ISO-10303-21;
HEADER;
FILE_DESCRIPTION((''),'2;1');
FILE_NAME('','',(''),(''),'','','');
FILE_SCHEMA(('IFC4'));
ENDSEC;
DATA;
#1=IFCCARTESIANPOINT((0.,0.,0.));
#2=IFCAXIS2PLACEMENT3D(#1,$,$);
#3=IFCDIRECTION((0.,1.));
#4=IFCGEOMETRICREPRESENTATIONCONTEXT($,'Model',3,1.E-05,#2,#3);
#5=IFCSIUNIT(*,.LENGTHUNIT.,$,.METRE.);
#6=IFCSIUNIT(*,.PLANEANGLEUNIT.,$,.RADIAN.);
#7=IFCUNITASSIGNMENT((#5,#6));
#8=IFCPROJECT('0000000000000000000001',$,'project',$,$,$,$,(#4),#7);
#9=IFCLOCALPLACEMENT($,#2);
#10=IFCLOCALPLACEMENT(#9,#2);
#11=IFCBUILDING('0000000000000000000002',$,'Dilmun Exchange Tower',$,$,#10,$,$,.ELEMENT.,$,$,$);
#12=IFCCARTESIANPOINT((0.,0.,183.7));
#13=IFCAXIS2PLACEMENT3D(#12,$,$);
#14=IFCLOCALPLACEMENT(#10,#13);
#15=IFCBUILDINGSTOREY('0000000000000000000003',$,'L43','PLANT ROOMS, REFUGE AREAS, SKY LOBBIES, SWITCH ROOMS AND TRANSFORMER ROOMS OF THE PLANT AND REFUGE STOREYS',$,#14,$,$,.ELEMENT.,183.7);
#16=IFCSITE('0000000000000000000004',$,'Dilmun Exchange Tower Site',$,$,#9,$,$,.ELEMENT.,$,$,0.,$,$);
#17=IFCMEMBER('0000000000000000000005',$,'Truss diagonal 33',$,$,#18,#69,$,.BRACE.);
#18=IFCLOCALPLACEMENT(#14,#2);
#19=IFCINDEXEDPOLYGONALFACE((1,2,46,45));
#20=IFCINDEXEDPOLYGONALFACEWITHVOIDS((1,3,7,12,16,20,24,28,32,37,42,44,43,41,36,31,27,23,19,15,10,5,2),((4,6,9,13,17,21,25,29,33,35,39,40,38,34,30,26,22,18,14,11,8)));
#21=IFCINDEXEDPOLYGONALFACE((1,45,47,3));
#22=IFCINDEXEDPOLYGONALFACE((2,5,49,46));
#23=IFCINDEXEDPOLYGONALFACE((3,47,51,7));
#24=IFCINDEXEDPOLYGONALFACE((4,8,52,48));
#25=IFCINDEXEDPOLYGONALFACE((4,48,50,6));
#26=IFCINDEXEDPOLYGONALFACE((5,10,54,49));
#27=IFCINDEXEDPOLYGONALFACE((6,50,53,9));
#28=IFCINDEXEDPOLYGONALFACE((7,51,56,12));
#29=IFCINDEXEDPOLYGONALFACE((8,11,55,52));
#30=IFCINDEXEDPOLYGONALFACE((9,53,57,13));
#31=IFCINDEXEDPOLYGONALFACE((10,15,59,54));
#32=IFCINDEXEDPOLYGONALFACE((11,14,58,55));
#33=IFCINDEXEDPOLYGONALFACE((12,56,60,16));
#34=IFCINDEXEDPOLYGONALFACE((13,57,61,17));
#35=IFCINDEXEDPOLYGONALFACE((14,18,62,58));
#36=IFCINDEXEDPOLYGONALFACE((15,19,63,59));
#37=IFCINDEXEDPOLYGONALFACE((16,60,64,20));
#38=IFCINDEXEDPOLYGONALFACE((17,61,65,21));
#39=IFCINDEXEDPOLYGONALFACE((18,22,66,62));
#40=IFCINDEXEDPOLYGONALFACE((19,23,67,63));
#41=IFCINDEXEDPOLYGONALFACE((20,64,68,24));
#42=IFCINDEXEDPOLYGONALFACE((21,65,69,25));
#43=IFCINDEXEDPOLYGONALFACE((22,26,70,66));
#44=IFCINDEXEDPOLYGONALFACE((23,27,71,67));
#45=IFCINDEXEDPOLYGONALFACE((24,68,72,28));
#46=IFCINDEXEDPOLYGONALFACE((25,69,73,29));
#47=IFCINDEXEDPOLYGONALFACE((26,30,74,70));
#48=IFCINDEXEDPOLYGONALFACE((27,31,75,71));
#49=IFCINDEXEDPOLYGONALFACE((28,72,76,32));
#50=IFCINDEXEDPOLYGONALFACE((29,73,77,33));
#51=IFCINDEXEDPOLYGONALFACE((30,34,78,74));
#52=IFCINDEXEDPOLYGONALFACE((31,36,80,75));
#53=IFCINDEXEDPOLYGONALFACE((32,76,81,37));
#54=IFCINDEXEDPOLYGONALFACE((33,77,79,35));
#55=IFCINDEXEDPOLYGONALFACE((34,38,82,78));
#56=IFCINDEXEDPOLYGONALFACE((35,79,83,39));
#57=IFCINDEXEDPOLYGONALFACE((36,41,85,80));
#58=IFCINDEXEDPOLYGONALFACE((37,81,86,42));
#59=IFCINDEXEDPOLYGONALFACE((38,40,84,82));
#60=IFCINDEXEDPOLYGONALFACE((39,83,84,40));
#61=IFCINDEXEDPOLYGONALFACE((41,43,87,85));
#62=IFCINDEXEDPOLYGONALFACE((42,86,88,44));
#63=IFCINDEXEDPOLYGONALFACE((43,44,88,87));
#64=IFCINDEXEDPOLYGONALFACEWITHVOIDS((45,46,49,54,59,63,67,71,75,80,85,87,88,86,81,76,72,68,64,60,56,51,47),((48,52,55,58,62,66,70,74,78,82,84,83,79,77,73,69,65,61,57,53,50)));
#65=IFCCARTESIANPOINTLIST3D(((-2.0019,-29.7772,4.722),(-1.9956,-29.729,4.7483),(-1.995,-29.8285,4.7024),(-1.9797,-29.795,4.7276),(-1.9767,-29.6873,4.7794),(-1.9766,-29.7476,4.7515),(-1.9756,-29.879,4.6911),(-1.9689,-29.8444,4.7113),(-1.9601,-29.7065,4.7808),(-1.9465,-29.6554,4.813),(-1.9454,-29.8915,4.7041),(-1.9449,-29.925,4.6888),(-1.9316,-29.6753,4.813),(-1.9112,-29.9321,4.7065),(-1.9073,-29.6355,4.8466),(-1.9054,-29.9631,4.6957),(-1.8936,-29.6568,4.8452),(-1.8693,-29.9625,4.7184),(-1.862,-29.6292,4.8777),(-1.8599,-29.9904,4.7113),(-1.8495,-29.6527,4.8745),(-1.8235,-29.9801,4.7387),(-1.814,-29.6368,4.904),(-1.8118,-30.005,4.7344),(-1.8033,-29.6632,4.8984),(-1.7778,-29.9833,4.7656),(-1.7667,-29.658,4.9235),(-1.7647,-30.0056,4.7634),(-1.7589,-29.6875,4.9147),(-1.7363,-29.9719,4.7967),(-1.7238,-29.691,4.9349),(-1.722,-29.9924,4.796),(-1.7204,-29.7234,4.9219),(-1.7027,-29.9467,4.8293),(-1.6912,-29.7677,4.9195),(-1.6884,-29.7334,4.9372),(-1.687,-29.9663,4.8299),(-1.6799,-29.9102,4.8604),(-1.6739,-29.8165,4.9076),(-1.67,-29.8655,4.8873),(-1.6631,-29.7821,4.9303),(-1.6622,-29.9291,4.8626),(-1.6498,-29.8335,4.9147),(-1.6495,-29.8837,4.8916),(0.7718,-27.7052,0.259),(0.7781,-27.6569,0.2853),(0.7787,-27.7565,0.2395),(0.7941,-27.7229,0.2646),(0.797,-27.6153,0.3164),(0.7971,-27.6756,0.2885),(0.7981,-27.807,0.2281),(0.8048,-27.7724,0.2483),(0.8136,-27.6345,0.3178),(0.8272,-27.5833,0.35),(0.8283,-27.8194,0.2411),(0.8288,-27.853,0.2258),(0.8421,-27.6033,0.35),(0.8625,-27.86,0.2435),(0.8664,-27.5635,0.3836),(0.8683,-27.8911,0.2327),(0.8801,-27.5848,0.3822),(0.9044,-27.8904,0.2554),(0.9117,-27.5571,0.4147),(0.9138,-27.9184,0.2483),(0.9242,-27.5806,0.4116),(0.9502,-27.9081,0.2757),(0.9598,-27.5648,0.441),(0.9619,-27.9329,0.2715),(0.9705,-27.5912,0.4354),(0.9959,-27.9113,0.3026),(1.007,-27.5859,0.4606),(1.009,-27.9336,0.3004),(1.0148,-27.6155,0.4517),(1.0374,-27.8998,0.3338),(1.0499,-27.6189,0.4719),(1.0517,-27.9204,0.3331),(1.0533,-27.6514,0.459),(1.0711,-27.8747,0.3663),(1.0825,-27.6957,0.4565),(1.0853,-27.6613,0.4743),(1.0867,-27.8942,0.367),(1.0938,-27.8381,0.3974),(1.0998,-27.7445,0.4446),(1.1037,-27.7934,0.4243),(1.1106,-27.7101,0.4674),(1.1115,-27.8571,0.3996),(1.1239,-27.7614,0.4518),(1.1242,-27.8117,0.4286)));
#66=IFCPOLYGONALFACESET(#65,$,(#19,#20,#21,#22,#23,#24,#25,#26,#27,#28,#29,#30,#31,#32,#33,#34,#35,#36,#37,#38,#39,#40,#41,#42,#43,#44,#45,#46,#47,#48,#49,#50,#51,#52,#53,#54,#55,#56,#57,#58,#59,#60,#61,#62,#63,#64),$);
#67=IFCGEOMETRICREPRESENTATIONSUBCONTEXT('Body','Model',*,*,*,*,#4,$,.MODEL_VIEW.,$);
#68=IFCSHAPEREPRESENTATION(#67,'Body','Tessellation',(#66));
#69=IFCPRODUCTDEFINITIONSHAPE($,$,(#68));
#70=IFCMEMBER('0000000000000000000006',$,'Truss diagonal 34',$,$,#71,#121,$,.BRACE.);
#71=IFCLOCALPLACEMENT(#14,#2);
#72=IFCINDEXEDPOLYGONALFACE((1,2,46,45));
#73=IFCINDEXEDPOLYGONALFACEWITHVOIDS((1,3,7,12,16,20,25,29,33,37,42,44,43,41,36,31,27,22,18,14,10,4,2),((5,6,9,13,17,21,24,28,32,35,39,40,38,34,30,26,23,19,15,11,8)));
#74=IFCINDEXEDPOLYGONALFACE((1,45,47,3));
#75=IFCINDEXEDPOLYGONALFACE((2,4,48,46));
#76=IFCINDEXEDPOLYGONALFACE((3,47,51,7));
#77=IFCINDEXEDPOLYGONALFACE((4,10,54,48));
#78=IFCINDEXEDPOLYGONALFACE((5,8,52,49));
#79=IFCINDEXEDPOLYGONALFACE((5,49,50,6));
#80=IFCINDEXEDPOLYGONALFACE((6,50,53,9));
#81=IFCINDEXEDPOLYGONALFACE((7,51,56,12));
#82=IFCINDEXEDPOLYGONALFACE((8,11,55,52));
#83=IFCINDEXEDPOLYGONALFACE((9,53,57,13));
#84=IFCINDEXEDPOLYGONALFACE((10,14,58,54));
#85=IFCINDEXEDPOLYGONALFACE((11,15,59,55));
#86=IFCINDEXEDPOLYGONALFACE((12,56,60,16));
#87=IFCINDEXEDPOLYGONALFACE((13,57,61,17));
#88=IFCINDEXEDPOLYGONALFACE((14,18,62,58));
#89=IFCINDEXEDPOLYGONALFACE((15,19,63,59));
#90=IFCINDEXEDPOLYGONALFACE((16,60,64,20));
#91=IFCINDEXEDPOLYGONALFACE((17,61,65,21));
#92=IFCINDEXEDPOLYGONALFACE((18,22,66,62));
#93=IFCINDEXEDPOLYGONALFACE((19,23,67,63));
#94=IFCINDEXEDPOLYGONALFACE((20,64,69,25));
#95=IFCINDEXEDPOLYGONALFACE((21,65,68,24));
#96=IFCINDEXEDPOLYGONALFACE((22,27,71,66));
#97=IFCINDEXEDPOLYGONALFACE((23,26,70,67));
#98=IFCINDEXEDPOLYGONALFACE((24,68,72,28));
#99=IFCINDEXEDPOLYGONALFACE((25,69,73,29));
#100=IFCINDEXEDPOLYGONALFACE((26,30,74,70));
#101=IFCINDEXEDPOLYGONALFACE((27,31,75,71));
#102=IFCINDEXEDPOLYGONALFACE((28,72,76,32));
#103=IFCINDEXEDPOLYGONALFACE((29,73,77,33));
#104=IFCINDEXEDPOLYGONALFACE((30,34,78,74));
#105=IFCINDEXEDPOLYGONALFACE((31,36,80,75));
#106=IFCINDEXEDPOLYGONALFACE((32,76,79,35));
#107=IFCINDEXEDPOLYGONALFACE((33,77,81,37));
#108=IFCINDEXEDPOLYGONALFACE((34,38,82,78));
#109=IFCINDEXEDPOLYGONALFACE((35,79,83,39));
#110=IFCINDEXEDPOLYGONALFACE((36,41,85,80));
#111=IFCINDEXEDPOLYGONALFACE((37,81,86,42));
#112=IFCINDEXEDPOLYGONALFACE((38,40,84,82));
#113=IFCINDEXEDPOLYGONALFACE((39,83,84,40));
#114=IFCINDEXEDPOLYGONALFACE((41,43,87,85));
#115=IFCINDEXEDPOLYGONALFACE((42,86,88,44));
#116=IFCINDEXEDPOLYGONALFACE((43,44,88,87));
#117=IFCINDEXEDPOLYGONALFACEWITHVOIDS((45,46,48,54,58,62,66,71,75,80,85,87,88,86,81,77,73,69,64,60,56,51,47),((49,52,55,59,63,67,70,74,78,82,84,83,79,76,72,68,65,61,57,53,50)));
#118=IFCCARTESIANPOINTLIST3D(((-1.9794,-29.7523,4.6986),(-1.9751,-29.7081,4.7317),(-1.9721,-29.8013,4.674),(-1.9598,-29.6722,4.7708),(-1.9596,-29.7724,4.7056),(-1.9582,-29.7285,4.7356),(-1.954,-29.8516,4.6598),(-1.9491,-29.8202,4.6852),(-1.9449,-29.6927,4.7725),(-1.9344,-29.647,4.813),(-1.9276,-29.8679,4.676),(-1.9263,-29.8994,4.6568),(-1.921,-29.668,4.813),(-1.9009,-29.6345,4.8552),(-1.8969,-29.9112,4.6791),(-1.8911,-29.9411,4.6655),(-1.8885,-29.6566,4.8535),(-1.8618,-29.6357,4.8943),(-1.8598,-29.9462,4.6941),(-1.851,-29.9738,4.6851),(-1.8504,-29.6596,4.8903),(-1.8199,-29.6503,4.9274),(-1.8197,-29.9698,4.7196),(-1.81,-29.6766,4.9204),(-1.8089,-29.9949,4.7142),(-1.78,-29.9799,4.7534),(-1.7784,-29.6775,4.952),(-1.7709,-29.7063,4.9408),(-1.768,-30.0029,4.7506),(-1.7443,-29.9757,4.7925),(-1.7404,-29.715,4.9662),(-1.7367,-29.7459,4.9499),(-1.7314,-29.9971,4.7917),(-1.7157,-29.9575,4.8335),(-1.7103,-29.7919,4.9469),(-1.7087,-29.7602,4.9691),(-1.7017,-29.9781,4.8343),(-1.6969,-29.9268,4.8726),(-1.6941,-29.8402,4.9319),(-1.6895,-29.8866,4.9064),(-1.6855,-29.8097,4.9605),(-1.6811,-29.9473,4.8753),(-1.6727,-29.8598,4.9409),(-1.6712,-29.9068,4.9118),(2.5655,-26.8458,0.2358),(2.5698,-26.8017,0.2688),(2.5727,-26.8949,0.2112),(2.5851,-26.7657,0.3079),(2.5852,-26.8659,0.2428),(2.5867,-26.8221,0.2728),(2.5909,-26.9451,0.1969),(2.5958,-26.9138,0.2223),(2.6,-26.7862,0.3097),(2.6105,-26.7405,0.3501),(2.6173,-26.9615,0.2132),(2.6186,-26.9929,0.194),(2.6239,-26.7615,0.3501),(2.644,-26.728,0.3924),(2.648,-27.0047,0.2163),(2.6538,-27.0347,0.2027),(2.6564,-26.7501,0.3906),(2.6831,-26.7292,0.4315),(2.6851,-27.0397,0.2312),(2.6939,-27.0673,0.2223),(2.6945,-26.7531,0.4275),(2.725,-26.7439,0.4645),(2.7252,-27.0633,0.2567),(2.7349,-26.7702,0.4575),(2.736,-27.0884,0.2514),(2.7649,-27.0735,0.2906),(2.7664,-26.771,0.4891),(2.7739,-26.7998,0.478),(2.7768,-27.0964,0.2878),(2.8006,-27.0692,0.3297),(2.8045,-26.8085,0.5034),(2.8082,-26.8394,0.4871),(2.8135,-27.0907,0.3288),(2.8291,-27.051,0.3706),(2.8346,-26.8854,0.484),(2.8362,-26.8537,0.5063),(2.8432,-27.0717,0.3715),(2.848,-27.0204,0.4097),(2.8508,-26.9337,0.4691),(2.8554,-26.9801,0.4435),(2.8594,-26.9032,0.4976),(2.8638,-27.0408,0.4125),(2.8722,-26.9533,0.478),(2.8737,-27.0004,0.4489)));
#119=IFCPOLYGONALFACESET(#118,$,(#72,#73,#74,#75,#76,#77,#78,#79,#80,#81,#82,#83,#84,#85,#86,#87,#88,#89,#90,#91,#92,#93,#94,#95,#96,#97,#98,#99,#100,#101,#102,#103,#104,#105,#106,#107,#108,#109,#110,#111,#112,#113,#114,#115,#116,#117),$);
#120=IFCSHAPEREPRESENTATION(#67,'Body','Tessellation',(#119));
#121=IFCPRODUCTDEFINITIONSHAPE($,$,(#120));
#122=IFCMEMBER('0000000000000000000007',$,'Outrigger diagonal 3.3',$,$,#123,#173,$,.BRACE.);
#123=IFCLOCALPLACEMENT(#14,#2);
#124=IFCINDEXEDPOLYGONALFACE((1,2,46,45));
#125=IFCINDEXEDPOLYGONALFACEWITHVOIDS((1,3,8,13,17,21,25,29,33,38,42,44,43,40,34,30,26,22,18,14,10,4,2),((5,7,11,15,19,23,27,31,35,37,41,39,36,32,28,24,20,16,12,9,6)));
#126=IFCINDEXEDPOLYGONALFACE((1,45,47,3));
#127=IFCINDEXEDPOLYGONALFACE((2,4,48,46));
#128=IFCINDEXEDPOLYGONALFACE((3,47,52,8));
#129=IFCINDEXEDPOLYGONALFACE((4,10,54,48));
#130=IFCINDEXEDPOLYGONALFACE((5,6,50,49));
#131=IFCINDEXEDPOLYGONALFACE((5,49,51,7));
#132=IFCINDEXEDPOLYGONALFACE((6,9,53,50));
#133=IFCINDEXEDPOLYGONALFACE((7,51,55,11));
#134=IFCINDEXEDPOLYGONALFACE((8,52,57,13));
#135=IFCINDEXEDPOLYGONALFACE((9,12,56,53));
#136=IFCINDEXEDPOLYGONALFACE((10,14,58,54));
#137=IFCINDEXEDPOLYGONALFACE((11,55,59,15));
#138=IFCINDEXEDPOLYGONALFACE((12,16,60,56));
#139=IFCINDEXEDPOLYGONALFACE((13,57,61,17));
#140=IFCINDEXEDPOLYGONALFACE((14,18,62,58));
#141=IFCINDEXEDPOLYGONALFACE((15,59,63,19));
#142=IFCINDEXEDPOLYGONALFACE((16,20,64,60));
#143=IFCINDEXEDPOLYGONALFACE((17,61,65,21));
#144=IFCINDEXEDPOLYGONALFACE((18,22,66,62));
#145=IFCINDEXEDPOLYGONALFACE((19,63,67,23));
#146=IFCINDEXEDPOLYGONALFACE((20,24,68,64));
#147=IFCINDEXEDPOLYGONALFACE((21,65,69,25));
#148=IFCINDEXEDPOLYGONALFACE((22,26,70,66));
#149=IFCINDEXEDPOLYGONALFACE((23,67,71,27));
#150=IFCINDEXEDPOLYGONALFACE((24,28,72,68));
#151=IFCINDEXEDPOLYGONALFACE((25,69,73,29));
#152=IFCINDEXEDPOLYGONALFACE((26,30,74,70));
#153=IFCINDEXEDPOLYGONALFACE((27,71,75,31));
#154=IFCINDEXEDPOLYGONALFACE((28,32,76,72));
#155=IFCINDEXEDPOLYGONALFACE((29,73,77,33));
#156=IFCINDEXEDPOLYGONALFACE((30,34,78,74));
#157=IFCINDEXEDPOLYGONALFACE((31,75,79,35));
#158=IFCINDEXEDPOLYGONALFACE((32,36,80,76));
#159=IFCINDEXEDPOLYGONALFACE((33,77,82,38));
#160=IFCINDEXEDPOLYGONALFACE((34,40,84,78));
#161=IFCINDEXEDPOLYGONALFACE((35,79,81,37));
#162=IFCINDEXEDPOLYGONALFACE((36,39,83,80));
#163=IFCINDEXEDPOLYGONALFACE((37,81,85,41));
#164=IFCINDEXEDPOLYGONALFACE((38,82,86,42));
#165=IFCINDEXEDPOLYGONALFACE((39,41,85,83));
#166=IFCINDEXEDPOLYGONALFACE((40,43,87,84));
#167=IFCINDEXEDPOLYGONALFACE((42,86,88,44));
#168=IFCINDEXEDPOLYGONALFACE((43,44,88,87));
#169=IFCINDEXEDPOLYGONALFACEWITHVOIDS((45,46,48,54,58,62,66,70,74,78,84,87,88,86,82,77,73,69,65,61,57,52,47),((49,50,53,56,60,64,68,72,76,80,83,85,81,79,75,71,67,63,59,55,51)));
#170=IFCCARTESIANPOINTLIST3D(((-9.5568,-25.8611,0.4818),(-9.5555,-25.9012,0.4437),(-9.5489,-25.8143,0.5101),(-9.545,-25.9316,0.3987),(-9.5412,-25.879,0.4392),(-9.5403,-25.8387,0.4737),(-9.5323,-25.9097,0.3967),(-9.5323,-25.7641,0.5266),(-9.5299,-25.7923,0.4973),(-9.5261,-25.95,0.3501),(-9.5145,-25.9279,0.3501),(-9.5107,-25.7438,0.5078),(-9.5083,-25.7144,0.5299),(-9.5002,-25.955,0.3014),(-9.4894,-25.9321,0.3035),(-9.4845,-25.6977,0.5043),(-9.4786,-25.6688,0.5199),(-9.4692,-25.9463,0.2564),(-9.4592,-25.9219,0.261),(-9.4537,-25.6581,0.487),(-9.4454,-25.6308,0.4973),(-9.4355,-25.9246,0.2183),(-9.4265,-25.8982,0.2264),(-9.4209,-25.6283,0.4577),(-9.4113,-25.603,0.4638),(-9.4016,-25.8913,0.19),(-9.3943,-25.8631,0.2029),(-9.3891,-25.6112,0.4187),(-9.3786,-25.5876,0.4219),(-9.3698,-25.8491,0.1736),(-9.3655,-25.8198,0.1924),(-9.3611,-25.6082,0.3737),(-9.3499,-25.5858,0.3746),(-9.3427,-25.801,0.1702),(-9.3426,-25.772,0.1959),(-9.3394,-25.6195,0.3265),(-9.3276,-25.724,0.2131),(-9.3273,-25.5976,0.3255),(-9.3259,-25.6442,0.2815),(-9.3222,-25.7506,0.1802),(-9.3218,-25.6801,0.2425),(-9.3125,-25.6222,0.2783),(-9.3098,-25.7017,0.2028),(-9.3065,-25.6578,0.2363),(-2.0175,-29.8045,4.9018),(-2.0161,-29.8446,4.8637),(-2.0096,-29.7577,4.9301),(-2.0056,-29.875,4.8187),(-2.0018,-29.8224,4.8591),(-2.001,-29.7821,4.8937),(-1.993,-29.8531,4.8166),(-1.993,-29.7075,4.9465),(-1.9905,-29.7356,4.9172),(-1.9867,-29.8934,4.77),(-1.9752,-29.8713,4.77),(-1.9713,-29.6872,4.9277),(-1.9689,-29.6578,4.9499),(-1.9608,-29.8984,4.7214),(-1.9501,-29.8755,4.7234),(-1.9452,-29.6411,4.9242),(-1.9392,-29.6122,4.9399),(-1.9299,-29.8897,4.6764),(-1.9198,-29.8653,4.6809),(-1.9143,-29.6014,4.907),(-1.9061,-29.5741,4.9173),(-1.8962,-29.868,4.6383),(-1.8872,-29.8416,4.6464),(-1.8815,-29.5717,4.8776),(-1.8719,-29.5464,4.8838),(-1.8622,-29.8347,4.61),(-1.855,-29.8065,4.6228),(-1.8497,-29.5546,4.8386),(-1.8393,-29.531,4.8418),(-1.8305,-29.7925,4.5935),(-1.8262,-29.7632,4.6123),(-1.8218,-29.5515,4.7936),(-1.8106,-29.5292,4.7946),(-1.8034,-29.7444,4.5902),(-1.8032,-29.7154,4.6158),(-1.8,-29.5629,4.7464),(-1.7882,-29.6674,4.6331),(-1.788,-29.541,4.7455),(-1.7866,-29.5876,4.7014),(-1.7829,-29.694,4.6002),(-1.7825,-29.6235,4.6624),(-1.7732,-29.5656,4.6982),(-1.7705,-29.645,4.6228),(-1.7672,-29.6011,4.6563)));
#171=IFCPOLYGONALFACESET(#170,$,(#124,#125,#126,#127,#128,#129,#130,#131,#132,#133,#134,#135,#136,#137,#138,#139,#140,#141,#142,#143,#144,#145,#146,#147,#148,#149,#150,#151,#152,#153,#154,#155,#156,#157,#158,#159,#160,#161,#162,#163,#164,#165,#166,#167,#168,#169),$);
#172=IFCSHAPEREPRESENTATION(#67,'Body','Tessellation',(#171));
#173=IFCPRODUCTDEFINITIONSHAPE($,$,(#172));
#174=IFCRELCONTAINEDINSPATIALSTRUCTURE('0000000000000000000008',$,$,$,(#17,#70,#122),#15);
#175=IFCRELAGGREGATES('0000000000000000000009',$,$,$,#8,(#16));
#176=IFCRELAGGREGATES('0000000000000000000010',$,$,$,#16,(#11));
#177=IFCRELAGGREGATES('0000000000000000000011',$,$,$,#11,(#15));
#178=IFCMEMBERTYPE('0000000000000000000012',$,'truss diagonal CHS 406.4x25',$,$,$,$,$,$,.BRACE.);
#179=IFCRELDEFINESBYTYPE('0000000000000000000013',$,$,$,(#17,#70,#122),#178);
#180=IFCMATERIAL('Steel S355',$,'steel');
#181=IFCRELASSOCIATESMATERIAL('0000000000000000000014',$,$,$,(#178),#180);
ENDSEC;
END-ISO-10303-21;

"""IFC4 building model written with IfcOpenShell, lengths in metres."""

from ifc_helpers import new_model, si_unit, direction, frame, origin, origin_2d, place, context, subcontext, project, spatial, hollow_circle, extrude, material, material_profile, profile_set, type_object, element, save


model = new_model("IFC4")

# Units and contexts
model_context = context("Model", 3, precision=1e-05, world=origin(), true_north=direction((0.0, 1.0)))
body_context = subcontext(model_context, "Body", "Model", "MODEL_VIEW")
ifc_project = project(units=[si_unit("LENGTHUNIT", "METRE"), si_unit("PLANEANGLEUNIT", "RADIAN")], contexts=[model_context])

# Site, building, storey
site_placement = place(None, origin())
site = spatial("IfcSite", under=ifc_project, at=site_placement, Name="Dilmun Exchange Tower Site", CompositionType="ELEMENT", RefElevation=0.0)
building_placement = place(site_placement, origin())
building = spatial("IfcBuilding", under=site, at=building_placement, Name="Dilmun Exchange Tower", CompositionType="ELEMENT")
storey_placement = place(building_placement, frame((0.0, 0.0, 183.7)))
storey = spatial("IfcBuildingStorey", under=building, at=storey_placement, Name="L43", Description="PLANT ROOMS, REFUGE AREAS, SKY LOBBIES, SWITCH ROOMS AND TRANSFORMER ROOMS OF THE PLANT AND REFUGE STOREYS", CompositionType="ELEMENT", Elevation=183.7)

# Shared definitions
ifc_material_1 = material(Name="Steel S355", Category="steel")

# Members
ifc_material_profile_1 = material_profile(ifc_material_1, hollow_circle(Radius=0.2031, WallThickness=0.0249, at=origin_2d()), Name="CHS 406.4x25")
ifc_profile_set_1 = profile_set([ifc_material_profile_1], Name="Steel S355")
member_type = type_object("IfcMemberType", Name="truss diagonal CHS 406.4x25", PredefinedType="BRACE", material=ifc_profile_set_1)
member_1_placement = place(storey_placement, frame((-1.825, -29.8181, 4.813), z_axis=(0.49106, 0.366836, -0.790121), x_axis=(-0.598476, 0.801141, 0.0)))
element("IfcMember", 1, at=member_1_placement, inside=storey, type_object=member_type, Name="Truss diagonal 33", PredefinedType="BRACE", context=body_context, shape_type="SweptSolid", body=[
    extrude(hollow_circle(Radius=0.2031, WallThickness=0.0249, at=origin_2d()), origin(), (0.0, 0.0, 1.0), 5.6484),
])
member_2_placement = place(storey_placement, frame((-1.825, -29.8181, 4.813), z_axis=(0.649133, 0.415123, -0.637417), x_axis=(-0.538757, 0.842461, 0.0)))
element("IfcMember", 2, at=member_2_placement, inside=storey, type_object=member_type, Name="Truss diagonal 34", PredefinedType="BRACE", context=body_context, shape_type="SweptSolid", body=[
    extrude(hollow_circle(Radius=0.2031, WallThickness=0.0249, at=origin_2d()), origin(), (0.0, 0.0, 1.0), 7.0015),
])
member_3_placement = place(storey_placement, frame((-1.8926, -29.7134, 4.77), z_axis=(-0.786339, 0.411287, -0.460992), x_axis=(-0.463472, -0.886112, 0.0)))
element("IfcMember", 3, at=member_3_placement, inside=storey, type_object=member_type, Name="Outrigger diagonal 3.3", PredefinedType="BRACE", context=body_context, shape_type="SweptSolid", body=[
    extrude(hollow_circle(Radius=0.2031, WallThickness=0.0249, at=origin_2d()), origin(), (0.0, 0.0, 1.0), 9.5879),
])

save(model, "model.ifc")
